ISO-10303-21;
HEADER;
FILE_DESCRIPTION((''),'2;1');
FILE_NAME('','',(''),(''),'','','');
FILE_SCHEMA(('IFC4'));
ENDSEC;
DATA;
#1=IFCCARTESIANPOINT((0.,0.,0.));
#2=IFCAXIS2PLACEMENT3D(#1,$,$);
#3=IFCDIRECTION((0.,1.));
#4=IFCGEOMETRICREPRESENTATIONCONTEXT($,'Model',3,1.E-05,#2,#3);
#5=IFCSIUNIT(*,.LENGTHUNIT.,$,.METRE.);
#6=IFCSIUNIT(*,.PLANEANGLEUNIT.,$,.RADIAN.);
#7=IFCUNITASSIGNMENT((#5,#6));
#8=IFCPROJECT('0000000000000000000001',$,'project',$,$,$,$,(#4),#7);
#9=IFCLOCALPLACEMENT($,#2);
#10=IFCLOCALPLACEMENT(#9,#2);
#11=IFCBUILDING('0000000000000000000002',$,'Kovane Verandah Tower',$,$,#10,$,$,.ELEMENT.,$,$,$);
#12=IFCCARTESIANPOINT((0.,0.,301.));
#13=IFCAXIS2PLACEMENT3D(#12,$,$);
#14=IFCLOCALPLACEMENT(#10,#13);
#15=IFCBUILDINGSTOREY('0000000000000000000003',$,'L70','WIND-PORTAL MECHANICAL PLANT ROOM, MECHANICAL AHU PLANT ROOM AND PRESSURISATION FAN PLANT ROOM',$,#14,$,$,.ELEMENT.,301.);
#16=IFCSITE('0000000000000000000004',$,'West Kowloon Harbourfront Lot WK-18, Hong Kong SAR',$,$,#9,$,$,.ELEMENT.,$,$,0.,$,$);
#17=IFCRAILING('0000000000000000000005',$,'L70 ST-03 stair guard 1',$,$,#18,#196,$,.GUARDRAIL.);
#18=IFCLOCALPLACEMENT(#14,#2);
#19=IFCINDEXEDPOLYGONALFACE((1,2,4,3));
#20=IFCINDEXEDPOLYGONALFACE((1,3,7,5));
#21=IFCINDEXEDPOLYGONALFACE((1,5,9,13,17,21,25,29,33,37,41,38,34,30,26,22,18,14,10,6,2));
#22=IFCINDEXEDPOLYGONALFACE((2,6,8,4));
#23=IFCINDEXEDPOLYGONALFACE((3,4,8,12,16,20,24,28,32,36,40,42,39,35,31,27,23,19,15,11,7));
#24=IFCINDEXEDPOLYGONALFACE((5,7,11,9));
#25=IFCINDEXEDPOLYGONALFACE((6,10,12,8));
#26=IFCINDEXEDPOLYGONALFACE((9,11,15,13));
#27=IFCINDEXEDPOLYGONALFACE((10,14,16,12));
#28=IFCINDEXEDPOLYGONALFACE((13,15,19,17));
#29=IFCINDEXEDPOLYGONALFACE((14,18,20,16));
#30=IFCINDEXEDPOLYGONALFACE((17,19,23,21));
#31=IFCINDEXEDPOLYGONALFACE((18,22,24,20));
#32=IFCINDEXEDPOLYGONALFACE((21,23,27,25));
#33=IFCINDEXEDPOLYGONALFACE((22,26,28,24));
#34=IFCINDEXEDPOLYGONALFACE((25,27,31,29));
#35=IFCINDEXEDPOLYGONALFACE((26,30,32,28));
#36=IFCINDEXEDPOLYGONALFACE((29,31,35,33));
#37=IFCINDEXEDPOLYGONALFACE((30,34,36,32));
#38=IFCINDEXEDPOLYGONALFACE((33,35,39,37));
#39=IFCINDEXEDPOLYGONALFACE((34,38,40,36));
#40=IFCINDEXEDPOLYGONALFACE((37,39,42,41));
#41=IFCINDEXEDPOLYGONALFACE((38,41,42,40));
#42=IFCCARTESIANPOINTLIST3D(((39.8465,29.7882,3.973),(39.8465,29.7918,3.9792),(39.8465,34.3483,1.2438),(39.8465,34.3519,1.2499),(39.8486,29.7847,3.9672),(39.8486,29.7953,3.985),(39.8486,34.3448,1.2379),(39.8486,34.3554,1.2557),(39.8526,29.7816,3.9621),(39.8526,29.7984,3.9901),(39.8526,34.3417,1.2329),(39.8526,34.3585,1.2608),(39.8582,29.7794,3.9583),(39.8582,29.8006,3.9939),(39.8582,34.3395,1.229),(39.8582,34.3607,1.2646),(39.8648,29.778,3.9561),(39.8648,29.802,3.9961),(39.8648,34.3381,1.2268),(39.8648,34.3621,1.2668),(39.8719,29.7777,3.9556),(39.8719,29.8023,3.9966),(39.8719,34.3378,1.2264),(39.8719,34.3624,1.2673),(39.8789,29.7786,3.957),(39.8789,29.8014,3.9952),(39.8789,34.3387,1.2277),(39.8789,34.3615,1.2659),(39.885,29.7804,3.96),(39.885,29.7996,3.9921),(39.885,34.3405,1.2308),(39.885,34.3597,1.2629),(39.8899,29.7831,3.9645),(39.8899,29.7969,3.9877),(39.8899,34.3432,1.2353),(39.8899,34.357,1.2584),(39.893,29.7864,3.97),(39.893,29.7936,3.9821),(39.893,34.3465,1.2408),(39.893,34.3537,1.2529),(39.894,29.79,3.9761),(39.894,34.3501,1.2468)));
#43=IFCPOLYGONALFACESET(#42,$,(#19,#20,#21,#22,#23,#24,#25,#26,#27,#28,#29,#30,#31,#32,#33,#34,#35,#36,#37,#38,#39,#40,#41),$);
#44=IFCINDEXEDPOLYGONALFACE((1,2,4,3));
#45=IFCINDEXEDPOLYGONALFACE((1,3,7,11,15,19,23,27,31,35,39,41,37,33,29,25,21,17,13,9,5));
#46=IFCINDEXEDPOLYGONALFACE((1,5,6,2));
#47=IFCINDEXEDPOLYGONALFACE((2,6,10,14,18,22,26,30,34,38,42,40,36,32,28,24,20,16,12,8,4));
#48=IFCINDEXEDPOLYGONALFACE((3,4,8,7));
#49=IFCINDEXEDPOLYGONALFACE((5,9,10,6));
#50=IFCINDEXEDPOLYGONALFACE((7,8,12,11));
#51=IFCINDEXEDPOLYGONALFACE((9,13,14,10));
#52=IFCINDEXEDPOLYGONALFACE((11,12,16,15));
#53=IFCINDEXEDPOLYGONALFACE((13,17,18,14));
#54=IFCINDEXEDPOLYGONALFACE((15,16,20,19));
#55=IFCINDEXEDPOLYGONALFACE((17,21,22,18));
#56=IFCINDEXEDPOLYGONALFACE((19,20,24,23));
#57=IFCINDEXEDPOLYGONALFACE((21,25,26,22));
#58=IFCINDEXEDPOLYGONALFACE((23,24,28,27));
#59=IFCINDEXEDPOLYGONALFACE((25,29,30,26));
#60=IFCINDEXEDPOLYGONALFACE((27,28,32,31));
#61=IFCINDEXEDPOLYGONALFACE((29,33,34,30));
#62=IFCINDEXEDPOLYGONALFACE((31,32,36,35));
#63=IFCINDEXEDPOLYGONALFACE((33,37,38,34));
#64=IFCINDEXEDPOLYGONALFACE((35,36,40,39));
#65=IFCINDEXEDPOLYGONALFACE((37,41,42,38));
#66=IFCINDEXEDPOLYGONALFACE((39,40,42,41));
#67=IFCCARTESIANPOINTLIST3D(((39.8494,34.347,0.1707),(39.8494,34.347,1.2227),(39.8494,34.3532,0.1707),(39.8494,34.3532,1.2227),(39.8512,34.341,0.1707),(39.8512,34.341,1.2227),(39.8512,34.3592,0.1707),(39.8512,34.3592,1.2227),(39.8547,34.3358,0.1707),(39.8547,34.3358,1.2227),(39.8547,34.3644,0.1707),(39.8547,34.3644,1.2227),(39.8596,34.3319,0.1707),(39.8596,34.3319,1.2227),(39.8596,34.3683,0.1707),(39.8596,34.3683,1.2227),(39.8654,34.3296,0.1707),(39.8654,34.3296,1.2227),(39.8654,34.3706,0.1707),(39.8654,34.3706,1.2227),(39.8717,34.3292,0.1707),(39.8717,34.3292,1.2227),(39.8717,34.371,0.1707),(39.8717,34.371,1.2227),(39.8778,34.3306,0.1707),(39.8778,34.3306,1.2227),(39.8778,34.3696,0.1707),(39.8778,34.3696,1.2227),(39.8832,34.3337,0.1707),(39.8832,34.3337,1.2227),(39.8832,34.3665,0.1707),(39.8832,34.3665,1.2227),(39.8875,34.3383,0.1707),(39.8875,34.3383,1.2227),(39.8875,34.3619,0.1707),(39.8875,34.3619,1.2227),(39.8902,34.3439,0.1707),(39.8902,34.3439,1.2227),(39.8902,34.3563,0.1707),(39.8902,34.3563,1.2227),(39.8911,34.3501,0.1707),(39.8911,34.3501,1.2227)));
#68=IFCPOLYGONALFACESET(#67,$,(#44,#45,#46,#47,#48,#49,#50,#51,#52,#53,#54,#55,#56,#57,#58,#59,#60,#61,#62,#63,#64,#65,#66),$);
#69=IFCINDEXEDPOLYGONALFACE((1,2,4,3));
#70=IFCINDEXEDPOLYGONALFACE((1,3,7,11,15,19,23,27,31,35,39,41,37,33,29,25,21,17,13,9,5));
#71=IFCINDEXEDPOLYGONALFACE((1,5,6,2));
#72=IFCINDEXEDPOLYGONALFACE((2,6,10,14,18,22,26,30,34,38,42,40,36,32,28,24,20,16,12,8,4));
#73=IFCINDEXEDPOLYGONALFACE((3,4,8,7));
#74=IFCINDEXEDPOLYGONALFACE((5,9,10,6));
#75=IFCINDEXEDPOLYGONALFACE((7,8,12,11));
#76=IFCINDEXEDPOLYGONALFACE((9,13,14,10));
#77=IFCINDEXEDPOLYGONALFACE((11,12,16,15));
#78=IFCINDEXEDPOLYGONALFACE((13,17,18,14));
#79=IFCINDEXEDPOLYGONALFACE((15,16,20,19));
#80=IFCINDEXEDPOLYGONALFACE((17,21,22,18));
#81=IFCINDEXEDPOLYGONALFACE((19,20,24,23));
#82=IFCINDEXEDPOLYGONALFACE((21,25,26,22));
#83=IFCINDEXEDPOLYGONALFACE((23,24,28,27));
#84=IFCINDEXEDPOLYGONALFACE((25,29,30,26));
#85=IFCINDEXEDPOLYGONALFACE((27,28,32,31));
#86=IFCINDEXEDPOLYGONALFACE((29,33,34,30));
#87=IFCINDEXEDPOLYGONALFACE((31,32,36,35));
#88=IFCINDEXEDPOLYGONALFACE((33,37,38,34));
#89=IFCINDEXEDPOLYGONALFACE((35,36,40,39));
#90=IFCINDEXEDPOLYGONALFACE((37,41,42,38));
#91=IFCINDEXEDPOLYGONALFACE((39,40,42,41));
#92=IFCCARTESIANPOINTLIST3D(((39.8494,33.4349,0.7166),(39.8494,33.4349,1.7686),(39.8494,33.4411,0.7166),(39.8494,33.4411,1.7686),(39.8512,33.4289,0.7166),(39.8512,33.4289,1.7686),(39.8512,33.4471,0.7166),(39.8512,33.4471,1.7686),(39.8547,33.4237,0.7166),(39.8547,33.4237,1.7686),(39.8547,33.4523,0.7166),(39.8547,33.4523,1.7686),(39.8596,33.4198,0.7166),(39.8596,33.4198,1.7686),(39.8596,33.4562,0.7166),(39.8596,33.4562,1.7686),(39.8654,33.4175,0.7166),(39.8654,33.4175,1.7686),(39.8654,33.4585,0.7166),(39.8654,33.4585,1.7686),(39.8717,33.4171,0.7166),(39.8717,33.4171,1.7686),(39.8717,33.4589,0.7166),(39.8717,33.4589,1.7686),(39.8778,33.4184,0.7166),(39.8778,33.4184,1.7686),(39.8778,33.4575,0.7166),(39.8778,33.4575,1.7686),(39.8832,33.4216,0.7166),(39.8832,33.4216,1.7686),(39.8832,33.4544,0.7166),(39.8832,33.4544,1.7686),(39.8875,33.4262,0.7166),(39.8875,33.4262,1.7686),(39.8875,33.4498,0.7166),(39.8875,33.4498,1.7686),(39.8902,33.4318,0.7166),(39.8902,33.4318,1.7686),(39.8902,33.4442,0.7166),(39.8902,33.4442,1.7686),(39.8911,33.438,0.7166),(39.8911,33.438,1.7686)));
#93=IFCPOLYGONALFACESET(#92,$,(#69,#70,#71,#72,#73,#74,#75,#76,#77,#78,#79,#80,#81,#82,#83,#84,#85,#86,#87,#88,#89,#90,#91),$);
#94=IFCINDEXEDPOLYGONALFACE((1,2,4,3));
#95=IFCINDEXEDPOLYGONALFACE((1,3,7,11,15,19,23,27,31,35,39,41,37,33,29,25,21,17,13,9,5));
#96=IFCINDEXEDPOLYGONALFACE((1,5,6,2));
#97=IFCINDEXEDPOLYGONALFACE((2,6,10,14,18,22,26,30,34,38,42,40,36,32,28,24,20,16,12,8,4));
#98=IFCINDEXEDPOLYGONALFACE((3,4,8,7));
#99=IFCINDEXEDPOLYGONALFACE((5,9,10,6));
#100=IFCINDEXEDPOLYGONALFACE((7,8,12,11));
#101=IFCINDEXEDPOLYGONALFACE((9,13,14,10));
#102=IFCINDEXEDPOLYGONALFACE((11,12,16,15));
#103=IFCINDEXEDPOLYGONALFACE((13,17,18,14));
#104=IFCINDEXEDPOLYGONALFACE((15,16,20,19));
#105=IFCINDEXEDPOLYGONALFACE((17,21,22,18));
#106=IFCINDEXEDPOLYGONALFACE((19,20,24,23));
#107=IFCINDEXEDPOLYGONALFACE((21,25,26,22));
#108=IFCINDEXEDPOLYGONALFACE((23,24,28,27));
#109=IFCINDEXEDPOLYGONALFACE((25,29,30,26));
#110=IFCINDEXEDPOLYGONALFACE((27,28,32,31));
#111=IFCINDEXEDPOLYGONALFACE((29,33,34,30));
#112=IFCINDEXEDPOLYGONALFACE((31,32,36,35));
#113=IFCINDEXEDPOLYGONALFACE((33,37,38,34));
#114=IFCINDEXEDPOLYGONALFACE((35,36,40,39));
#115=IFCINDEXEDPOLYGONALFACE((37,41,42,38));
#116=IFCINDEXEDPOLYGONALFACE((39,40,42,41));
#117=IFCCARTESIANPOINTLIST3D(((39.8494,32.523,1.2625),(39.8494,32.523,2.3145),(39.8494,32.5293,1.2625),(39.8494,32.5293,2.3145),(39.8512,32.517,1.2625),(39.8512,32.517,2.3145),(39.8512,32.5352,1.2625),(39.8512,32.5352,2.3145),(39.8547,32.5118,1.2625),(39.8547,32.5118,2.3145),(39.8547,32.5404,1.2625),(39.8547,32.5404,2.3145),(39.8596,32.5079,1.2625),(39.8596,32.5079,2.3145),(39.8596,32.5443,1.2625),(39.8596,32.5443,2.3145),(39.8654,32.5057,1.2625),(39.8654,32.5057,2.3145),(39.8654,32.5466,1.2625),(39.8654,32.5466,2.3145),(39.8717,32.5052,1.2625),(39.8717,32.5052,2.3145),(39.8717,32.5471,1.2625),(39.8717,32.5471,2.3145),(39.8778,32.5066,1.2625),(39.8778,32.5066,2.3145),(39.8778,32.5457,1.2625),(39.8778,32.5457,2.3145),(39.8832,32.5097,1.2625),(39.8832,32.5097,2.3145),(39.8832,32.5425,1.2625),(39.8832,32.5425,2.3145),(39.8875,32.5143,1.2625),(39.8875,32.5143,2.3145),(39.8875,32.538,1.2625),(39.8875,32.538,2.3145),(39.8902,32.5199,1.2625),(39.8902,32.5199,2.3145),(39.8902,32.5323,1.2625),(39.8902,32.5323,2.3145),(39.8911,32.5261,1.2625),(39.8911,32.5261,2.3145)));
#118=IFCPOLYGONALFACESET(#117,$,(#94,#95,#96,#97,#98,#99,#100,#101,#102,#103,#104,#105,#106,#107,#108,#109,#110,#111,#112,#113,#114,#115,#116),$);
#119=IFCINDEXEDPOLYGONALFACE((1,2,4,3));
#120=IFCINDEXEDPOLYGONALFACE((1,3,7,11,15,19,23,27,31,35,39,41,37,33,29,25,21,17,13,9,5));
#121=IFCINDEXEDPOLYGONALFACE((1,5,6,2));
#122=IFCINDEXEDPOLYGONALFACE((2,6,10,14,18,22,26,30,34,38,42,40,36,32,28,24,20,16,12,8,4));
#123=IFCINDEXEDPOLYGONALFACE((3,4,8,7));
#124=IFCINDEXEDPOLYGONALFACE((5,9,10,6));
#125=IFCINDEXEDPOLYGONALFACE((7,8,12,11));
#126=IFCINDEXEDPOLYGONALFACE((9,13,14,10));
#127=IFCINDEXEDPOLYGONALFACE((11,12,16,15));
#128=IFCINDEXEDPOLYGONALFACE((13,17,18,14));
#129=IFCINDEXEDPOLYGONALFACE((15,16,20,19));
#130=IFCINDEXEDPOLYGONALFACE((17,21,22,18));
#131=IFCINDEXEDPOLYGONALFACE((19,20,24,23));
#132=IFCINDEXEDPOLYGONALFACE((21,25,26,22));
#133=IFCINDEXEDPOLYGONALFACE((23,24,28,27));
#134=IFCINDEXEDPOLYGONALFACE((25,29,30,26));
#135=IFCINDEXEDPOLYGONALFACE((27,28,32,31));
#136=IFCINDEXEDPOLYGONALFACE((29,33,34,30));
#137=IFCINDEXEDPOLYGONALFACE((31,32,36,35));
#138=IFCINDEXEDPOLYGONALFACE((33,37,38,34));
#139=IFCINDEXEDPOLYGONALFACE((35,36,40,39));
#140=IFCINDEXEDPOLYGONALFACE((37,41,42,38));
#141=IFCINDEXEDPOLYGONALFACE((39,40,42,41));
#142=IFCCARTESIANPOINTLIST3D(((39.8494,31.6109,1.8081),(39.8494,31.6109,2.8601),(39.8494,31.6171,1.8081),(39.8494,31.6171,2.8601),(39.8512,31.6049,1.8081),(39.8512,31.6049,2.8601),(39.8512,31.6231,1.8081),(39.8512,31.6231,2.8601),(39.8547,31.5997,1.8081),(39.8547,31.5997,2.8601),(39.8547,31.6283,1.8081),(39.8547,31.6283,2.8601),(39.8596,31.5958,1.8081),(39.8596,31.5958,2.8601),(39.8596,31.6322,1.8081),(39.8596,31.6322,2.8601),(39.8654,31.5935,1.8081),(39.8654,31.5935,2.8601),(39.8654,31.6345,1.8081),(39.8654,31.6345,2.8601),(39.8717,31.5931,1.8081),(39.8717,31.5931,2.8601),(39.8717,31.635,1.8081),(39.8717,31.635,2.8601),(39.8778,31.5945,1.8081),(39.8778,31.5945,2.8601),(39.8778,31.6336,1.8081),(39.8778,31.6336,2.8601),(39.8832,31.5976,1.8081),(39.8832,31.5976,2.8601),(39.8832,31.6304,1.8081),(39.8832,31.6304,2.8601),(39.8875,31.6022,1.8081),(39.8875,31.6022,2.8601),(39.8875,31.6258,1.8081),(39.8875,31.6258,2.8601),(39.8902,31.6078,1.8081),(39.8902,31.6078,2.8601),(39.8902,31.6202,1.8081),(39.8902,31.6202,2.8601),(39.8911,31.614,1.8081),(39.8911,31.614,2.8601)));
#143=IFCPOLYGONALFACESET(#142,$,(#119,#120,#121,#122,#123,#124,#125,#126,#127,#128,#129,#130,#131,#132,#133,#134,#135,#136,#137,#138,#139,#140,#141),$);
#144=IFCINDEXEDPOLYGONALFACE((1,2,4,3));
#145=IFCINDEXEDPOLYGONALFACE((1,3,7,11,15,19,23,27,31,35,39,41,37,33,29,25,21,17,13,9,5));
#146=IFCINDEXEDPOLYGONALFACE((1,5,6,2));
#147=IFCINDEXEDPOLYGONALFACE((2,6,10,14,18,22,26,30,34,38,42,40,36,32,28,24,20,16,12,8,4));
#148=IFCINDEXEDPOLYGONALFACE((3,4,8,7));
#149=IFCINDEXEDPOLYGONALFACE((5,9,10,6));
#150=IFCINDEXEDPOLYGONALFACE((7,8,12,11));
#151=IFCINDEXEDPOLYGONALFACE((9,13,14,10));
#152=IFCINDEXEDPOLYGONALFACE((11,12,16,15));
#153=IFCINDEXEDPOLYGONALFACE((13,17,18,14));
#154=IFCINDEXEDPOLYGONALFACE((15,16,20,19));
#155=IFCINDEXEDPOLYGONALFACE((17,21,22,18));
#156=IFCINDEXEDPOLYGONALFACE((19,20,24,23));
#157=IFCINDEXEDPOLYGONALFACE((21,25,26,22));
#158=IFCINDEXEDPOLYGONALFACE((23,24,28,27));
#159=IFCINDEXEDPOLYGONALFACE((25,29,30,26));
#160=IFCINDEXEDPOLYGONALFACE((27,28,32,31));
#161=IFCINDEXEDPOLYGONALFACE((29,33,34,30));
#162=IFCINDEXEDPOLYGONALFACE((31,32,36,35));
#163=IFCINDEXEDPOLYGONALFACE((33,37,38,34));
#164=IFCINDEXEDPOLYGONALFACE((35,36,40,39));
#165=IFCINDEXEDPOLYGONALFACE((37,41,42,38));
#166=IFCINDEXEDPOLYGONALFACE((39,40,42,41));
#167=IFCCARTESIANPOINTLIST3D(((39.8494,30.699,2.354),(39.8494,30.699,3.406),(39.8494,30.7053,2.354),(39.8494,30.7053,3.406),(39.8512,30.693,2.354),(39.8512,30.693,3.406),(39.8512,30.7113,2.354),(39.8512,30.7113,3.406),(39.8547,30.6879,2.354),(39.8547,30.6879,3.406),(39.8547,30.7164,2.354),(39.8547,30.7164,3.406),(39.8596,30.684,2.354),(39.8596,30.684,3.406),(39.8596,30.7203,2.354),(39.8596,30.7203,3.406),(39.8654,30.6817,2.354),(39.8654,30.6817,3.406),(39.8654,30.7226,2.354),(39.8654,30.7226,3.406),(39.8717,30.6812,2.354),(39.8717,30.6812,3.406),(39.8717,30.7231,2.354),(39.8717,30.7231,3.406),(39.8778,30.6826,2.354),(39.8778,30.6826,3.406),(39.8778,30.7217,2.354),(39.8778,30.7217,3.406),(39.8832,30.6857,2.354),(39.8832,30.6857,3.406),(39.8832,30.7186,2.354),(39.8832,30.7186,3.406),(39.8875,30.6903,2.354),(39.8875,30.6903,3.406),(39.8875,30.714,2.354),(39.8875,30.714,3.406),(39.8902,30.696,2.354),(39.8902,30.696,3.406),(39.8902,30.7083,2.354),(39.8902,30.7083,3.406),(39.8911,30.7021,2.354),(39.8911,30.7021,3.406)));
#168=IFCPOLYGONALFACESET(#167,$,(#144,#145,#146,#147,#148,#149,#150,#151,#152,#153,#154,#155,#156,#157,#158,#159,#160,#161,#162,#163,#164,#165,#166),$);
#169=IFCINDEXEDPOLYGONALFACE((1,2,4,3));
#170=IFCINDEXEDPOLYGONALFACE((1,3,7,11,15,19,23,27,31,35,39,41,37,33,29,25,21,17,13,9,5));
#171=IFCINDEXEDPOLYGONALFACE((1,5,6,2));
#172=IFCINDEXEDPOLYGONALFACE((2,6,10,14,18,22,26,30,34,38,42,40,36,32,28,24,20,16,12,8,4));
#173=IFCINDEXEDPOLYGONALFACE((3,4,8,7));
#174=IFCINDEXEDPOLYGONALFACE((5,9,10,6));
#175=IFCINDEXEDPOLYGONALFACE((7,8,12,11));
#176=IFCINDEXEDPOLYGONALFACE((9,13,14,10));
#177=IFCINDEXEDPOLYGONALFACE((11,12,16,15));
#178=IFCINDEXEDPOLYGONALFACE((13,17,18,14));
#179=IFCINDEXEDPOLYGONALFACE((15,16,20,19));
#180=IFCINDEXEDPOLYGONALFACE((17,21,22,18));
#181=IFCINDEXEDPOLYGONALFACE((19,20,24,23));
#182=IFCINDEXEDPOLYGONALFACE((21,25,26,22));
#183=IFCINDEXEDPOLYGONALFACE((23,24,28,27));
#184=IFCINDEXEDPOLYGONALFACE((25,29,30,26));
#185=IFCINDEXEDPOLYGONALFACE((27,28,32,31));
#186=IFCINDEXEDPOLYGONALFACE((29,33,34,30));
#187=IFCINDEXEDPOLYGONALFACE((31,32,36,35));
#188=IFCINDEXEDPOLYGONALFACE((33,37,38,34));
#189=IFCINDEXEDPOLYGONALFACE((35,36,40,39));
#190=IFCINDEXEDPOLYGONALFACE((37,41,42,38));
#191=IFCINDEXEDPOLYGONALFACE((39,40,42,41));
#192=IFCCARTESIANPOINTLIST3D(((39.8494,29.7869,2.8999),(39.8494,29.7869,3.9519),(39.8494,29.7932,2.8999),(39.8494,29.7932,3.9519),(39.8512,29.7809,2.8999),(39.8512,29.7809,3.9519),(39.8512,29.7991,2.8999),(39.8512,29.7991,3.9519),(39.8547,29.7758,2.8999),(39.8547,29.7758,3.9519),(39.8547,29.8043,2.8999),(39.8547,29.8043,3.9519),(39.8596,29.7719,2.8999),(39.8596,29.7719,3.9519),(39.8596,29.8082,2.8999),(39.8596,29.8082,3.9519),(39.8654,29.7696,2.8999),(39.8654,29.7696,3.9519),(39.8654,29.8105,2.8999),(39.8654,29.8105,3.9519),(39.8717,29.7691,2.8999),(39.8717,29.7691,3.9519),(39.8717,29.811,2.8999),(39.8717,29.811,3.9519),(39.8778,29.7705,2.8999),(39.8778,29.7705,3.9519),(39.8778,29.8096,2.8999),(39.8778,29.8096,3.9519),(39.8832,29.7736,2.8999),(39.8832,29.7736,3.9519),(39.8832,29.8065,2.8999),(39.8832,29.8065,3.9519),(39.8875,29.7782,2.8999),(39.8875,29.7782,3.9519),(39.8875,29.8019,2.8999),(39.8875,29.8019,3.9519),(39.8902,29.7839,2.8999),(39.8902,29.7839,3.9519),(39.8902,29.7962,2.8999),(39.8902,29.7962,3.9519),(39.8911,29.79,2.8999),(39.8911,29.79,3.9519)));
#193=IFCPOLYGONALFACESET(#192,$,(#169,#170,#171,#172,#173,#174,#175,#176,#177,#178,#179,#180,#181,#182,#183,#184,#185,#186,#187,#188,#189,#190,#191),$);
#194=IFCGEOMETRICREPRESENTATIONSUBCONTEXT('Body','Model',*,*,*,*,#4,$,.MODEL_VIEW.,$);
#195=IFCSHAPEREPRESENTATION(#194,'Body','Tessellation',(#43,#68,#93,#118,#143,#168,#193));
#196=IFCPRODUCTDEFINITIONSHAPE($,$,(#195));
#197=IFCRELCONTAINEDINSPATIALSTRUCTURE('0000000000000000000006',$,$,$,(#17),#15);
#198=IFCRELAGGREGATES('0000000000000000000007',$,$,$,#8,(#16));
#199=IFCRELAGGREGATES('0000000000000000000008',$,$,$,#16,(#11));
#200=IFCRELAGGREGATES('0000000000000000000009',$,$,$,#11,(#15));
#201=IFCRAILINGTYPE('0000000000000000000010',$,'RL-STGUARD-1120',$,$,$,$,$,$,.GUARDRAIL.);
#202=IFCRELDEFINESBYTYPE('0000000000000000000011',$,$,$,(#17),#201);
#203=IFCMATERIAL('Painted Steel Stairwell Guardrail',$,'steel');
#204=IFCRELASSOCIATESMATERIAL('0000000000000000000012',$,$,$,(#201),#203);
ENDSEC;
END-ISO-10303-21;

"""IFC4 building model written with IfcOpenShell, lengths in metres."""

from ifc_helpers import new_model, si_unit, direction, frame, origin, origin_2d, place, context, subcontext, project, spatial, circle, extrude, material, type_object, element, save


model = new_model("IFC4")

# Units and contexts
model_context = context("Model", 3, precision=1e-05, world=origin(), true_north=direction((0.0, 1.0)))
body_context = subcontext(model_context, "Body", "Model", "MODEL_VIEW")
ifc_project = project(units=[si_unit("LENGTHUNIT", "METRE"), si_unit("PLANEANGLEUNIT", "RADIAN")], contexts=[model_context])

# Site, building, storey
site_placement = place(None, origin())
site = spatial("IfcSite", under=ifc_project, at=site_placement, Name="West Kowloon Harbourfront Lot WK-18, Hong Kong SAR", CompositionType="ELEMENT", RefElevation=0.0)
building_placement = place(site_placement, origin())
building = spatial("IfcBuilding", under=site, at=building_placement, Name="Kovane Verandah Tower", CompositionType="ELEMENT")
storey_placement = place(building_placement, frame((0.0, 0.0, 301.0)))
storey = spatial("IfcBuildingStorey", under=building, at=storey_placement, Name="L70", Description="WIND-PORTAL MECHANICAL PLANT ROOM, MECHANICAL AHU PLANT ROOM AND PRESSURISATION FAN PLANT ROOM", CompositionType="ELEMENT", Elevation=301.0)

# Railing
ifc_material_1 = material(Name="Painted Steel Stairwell Guardrail", Category="steel")
railing_type_1 = type_object("IfcRailingType", Name="RL-STGUARD-1120", PredefinedType="GUARDRAIL", material=ifc_material_1)
railing_1_placement = place(storey_placement, frame((39.8701, 34.3501, 0.1707)))
element("IfcRailing", 1, at=railing_1_placement, inside=storey, type_object=railing_type_1, Name="L70 ST-03 stair guard 1", PredefinedType="GUARDRAIL", context=body_context, shape_type="SweptSolid", body=[
    extrude(circle(Radius=0.0239, at=origin_2d()), frame((0.0, 0.0, 1.0762), z_axis=(0.0, -0.858056, 0.513556), x_axis=(1.0, 0.0, 0.0)), (0.0, 0.0, 1.0), 5.3145),
    extrude(circle(Radius=0.021, at=origin_2d()), origin(), (0.0, 0.0, 1.0), 1.052),
    extrude(circle(Radius=0.021, at=origin_2d()), frame((0.0, -0.9121, 0.5459)), (0.0, 0.0, 1.0), 1.052),
    extrude(circle(Radius=0.021, at=origin_2d()), frame((0.0, -1.824, 1.0918)), (0.0, 0.0, 1.0), 1.052),
    extrude(circle(Radius=0.021, at=origin_2d()), frame((0.0, -2.7361, 1.6375)), (0.0, 0.0, 1.0), 1.052),
    extrude(circle(Radius=0.021, at=origin_2d()), frame((0.0, -3.6479, 2.1833)), (0.0, 0.0, 1.0), 1.052),
    extrude(circle(Radius=0.021, at=origin_2d()), frame((0.0, -4.5601, 2.7292)), (0.0, 0.0, 1.0), 1.052),
])

save(model, "model.ifc")
